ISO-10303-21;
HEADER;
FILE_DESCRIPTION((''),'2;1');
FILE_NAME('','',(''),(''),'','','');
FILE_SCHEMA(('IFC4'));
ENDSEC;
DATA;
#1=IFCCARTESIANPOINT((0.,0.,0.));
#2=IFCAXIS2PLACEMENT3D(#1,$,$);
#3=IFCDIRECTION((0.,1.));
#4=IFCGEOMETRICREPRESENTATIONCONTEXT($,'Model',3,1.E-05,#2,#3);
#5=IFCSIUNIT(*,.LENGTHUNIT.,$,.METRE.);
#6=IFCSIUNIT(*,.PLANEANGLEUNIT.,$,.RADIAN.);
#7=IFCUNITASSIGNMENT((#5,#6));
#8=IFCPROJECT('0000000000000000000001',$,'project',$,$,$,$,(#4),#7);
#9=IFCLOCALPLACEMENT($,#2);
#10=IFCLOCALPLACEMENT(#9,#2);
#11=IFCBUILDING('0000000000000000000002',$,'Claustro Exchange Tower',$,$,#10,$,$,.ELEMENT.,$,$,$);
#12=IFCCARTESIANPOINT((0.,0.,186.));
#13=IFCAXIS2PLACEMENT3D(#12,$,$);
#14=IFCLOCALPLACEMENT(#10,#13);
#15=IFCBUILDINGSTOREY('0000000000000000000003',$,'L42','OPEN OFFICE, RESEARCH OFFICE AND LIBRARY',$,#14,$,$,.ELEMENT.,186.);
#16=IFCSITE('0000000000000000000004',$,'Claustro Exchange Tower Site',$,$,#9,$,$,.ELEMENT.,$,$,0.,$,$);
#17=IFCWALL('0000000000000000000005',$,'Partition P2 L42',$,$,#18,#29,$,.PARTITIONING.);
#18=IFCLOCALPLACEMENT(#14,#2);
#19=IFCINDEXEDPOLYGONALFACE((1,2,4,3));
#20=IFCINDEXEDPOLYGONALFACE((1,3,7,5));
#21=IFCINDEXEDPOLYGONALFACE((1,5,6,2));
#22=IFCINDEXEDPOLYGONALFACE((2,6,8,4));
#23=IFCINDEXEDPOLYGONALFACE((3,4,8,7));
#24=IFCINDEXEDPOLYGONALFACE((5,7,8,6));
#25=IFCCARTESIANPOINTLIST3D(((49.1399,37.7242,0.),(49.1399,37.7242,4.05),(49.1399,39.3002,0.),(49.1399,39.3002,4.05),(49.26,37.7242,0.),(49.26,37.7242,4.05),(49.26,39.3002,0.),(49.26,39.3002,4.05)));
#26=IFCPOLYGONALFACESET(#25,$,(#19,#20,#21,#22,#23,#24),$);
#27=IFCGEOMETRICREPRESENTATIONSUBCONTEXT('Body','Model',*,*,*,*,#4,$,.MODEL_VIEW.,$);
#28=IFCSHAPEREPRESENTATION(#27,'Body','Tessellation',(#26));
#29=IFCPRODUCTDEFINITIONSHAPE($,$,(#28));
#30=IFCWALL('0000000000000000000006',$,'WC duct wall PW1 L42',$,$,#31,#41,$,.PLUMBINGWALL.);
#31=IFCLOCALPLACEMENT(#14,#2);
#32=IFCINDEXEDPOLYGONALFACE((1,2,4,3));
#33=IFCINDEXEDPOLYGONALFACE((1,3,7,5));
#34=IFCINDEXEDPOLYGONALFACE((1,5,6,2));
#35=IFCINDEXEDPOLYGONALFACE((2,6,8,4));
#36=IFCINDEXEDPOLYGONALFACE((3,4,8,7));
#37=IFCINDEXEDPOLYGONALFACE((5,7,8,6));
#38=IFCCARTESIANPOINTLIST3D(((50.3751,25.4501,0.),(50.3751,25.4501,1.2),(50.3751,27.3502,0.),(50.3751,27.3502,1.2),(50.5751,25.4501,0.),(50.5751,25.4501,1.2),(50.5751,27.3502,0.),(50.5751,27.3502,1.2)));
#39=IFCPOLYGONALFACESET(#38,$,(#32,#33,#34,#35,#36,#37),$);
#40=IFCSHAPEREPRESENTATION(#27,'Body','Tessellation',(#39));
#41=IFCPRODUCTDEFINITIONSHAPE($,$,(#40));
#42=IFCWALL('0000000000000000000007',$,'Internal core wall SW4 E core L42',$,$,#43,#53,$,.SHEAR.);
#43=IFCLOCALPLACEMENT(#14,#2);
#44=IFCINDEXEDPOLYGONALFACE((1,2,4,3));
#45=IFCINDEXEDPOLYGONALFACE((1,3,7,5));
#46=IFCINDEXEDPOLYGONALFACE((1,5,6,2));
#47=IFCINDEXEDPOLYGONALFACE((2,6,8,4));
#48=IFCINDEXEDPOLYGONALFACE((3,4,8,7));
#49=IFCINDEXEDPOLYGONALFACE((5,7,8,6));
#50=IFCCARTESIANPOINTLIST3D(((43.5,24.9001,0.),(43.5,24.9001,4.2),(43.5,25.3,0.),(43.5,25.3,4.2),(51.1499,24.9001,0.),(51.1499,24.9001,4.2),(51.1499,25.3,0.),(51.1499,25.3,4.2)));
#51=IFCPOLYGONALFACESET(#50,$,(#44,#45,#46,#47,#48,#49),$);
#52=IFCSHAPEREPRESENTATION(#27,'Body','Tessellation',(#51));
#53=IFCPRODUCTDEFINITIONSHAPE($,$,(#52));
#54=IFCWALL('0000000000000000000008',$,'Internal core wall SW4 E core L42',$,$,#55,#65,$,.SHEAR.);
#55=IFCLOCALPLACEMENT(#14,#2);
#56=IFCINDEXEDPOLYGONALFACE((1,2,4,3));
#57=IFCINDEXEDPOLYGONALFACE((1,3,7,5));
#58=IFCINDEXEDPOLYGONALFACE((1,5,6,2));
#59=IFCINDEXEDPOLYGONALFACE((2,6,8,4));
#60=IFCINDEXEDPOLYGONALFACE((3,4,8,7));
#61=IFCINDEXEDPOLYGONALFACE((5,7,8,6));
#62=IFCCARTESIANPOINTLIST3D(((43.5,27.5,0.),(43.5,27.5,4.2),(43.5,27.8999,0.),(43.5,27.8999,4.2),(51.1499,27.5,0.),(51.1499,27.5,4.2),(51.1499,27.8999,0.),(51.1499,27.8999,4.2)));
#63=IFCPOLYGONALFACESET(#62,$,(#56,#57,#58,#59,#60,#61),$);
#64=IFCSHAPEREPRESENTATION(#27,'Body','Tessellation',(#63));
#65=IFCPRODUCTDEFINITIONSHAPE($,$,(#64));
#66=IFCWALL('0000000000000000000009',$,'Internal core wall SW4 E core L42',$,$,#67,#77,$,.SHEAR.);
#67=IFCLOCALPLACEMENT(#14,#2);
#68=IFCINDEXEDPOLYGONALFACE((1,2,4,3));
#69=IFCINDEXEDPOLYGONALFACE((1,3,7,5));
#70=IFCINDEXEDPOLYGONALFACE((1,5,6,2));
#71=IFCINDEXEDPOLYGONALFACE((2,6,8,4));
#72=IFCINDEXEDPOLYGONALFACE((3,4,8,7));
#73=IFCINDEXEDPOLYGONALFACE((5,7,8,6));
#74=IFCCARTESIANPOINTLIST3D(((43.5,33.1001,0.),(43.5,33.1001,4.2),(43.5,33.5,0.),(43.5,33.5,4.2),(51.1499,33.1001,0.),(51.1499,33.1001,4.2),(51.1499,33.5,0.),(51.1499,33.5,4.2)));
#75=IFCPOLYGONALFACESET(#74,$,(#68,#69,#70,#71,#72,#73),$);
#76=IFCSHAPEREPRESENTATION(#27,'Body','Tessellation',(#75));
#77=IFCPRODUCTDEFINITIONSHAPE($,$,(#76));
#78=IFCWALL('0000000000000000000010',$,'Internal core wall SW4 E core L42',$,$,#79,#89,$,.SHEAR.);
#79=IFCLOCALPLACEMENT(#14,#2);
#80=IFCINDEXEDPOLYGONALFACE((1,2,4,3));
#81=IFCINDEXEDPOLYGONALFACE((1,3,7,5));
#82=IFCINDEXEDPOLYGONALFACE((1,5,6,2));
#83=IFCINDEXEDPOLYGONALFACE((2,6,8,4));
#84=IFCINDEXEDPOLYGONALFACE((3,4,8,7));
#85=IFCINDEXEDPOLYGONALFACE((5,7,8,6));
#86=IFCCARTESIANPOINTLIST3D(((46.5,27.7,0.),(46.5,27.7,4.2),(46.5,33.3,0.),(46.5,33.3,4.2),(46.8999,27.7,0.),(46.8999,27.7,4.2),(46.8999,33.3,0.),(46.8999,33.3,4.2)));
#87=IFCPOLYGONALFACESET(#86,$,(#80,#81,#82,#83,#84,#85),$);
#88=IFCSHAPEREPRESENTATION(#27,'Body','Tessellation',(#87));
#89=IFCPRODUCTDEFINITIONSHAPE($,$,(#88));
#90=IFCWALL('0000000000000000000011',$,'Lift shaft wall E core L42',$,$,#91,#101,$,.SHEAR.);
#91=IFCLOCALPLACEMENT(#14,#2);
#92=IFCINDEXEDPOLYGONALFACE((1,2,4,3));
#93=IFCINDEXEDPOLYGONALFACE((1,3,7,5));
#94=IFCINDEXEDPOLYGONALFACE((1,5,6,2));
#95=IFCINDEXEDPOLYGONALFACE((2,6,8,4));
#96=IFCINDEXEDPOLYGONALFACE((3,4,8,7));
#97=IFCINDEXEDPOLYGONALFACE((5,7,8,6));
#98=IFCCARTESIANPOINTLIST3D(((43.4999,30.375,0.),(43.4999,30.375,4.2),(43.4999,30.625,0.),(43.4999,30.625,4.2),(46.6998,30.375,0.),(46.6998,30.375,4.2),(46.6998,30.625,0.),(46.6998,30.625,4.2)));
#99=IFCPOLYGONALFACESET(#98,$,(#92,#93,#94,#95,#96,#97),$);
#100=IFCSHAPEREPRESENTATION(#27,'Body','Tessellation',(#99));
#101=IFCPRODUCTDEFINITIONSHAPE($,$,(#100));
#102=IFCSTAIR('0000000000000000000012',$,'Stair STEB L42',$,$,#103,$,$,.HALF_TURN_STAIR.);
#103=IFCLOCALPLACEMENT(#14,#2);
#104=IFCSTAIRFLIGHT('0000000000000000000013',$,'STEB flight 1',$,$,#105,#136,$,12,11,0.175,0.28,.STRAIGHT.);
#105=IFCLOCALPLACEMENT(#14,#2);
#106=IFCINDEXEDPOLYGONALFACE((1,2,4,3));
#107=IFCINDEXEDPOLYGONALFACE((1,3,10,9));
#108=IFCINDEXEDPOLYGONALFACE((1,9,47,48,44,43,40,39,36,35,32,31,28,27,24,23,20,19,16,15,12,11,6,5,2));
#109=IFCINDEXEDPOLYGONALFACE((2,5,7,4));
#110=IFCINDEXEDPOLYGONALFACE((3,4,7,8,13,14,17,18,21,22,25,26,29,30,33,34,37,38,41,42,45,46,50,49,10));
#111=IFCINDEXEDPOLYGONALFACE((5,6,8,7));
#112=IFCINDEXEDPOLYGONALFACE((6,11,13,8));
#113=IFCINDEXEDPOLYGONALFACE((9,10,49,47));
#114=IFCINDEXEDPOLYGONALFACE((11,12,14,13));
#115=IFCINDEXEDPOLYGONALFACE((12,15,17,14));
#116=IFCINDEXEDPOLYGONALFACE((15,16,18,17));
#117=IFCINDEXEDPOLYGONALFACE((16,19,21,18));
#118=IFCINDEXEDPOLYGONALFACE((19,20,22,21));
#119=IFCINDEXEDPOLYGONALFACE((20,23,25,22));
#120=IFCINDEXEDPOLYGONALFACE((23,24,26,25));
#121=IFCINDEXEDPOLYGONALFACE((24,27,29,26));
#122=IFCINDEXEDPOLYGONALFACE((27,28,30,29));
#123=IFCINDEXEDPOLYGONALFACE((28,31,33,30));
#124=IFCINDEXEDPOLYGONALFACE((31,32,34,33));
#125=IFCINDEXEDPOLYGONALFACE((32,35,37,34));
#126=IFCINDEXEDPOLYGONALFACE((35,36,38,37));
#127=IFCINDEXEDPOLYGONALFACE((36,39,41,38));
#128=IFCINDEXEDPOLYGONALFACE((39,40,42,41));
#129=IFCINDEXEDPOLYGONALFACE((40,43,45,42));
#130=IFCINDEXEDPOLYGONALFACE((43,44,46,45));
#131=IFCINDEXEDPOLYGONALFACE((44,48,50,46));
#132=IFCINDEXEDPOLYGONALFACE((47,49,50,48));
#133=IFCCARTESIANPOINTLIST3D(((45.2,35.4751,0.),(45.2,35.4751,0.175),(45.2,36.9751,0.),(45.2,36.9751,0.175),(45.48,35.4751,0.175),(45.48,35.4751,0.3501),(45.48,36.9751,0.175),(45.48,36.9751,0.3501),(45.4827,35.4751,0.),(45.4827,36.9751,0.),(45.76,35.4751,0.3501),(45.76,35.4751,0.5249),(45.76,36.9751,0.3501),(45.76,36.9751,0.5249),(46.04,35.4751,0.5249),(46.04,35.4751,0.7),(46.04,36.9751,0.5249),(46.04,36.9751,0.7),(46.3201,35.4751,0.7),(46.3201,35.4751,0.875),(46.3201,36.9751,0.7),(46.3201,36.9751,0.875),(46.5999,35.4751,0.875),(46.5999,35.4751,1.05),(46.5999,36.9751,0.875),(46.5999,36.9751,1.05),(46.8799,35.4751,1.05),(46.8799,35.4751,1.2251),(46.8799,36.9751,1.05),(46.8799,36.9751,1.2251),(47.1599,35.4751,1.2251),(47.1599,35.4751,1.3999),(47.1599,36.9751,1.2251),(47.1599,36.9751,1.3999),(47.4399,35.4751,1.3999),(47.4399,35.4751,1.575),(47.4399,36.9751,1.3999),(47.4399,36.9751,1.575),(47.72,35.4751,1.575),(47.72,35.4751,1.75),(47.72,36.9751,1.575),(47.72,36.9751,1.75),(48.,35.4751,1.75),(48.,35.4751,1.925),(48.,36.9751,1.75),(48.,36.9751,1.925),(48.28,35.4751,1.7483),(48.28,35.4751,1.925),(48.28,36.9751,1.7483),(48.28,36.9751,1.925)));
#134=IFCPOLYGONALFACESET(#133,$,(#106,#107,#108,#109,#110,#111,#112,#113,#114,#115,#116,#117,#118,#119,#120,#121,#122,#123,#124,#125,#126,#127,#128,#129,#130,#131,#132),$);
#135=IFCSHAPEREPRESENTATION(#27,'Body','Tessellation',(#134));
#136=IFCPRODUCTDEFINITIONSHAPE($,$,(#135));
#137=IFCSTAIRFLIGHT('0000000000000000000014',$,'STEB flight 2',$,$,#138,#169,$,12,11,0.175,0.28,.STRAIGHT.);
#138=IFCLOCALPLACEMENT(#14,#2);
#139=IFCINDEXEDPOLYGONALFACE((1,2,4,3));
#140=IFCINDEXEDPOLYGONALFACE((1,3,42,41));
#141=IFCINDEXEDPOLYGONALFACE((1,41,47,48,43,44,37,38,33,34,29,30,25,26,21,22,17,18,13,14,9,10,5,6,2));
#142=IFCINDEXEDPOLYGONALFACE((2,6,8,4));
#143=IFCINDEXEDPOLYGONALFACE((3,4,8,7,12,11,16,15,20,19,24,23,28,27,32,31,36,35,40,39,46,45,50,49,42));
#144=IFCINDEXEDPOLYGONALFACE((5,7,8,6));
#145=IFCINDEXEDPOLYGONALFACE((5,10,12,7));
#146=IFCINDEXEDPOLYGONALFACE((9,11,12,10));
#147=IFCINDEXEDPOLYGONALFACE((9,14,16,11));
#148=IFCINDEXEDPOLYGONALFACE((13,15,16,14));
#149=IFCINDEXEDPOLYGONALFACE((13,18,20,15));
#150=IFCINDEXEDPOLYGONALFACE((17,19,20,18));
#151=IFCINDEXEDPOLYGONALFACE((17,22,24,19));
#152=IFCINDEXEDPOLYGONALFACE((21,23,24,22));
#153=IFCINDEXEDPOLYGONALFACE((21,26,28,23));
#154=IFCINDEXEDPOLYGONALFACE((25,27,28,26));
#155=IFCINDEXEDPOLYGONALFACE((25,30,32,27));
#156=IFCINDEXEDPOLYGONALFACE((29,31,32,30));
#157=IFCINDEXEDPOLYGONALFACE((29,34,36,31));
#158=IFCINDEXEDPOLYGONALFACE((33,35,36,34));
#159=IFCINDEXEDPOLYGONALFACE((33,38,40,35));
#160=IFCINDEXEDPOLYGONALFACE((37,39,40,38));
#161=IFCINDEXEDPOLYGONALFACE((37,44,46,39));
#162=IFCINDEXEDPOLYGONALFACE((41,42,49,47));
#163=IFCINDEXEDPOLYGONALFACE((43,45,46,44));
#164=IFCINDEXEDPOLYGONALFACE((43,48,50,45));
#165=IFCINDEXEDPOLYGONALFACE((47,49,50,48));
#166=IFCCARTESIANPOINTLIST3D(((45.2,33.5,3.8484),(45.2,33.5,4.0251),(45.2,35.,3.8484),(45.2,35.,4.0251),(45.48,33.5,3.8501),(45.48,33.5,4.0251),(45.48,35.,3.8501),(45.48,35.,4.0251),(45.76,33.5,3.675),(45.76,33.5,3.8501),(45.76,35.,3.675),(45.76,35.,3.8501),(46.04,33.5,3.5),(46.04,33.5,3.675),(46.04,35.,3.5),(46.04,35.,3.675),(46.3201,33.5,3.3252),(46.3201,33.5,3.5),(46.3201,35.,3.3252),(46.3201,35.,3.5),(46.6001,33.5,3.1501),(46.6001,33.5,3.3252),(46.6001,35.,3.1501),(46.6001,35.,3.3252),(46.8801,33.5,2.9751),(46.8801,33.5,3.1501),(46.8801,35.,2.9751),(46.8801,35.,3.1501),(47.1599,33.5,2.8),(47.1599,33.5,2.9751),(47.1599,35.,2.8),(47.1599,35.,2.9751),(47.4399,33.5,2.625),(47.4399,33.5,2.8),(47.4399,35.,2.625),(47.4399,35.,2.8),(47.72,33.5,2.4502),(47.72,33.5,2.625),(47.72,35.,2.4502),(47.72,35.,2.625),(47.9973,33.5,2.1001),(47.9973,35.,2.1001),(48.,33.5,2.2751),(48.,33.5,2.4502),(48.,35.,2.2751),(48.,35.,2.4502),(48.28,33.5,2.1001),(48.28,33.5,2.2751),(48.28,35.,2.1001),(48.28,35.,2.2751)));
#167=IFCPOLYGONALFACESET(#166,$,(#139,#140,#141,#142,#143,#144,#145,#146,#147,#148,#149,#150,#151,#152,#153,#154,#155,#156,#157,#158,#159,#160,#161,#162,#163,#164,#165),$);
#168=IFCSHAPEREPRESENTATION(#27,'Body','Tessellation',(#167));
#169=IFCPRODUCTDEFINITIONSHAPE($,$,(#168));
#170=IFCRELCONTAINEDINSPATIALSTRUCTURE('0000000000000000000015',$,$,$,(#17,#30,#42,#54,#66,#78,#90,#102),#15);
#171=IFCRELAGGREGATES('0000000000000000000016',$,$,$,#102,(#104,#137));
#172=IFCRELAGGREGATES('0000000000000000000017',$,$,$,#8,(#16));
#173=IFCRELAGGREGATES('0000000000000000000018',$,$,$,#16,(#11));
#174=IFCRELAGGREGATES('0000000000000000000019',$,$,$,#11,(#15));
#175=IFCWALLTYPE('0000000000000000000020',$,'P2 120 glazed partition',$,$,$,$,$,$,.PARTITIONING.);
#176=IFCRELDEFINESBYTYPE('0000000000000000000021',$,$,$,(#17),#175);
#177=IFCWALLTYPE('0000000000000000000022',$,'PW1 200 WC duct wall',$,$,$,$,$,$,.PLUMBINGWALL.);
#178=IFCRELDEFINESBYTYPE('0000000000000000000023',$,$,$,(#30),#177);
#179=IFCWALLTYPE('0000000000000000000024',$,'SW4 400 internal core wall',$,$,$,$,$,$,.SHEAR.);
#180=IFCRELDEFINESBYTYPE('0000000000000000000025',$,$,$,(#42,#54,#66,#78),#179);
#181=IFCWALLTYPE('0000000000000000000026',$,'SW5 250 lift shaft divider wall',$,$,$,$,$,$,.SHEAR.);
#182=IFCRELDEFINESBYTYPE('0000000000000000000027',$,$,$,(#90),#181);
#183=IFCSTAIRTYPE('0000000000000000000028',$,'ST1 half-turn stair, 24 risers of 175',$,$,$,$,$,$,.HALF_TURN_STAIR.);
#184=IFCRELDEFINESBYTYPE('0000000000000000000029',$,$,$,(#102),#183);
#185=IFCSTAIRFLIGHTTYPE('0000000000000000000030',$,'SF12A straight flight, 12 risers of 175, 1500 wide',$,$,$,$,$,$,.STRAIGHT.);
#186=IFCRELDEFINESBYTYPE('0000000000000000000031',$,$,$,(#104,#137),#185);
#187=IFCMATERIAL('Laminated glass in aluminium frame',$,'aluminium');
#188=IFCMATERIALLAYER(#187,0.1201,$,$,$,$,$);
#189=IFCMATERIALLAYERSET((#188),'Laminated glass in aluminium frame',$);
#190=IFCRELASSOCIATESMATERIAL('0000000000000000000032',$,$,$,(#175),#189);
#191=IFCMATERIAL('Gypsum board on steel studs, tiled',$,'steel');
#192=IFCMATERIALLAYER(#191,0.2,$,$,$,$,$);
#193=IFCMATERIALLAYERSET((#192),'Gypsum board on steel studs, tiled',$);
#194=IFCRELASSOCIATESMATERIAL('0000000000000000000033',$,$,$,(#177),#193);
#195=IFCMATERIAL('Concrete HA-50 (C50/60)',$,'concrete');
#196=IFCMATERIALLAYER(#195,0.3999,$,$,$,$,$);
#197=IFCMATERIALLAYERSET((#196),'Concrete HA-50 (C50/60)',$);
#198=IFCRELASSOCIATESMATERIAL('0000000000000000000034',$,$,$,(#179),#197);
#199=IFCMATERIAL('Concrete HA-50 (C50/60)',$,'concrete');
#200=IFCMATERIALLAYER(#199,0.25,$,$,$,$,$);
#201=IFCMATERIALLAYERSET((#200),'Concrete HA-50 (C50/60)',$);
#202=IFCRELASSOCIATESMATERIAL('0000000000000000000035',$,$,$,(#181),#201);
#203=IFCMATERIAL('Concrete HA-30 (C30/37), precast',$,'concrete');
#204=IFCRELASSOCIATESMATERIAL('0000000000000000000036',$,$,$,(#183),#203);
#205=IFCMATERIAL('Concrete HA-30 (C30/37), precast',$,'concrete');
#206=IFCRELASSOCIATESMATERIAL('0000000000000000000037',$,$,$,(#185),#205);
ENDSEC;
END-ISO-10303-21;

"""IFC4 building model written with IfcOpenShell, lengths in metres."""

from ifc_helpers import new_model, si_unit, direction, frame, frame_2d, origin, place, context, subcontext, project, spatial, polyline, rectangle, outline, extrude, material, layer, layer_set, type_object, element, aggregate, save


model = new_model("IFC4")

# Units and contexts
model_context = context("Model", 3, precision=1e-05, world=origin(), true_north=direction((0.0, 1.0)))
body_context = subcontext(model_context, "Body", "Model", "MODEL_VIEW")
ifc_project = project(units=[si_unit("LENGTHUNIT", "METRE"), si_unit("PLANEANGLEUNIT", "RADIAN")], contexts=[model_context])

# Site, building, storey
site_placement = place(None, origin())
site = spatial("IfcSite", under=ifc_project, at=site_placement, Name="Claustro Exchange Tower Site", CompositionType="ELEMENT", RefElevation=0.0)
building_placement = place(site_placement, origin())
building = spatial("IfcBuilding", under=site, at=building_placement, Name="Claustro Exchange Tower", CompositionType="ELEMENT")
storey_placement = place(building_placement, frame((0.0, 0.0, 186.0)))
storey = spatial("IfcBuildingStorey", under=building, at=storey_placement, Name="L42", Description="OPEN OFFICE, RESEARCH OFFICE AND LIBRARY", CompositionType="ELEMENT", Elevation=186.0)

# Shared definitions
ifc_material_1 = material(Name="Laminated glass in aluminium frame", Category="aluminium")
ifc_layer_1 = layer(ifc_material_1, 0.1201)
ifc_layer_set_1 = layer_set([ifc_layer_1], Name="Laminated glass in aluminium frame")
wall_type_1 = type_object("IfcWallType", Name="P2 120 glazed partition", PredefinedType="PARTITIONING", material=ifc_layer_set_1)

# Walls
wall_1_placement = place(storey_placement, frame((49.2, 37.7241, 0.0), z_axis=(0.0, 0.0, 1.0), x_axis=(0.0, 1.0, 0.0)))
element("IfcWall", 1, at=wall_1_placement, inside=storey, type_object=wall_type_1, Name="Partition P2 L42", PredefinedType="PARTITIONING", context=body_context, shape_type="SweptSolid", body=[
    extrude(rectangle(XDim=1.5759, YDim=0.1201, at=frame_2d((0.7881, 0.0))), origin(), (0.0, 0.0, 1.0), 4.05),
])
ifc_material_2 = material(Name="Gypsum board on steel studs, tiled", Category="steel")
ifc_layer_2 = layer(ifc_material_2, 0.2)
ifc_layer_set_2 = layer_set([ifc_layer_2], Name="Gypsum board on steel studs, tiled")
wall_type_2 = type_object("IfcWallType", Name="PW1 200 WC duct wall", PredefinedType="PLUMBINGWALL", material=ifc_layer_set_2)
wall_2_placement = place(storey_placement, frame((50.4751, 25.45, 0.0), z_axis=(0.0, 0.0, 1.0), x_axis=(0.0, 1.0, 0.0)))
element("IfcWall", 2, at=wall_2_placement, inside=storey, type_object=wall_type_2, Name="WC duct wall PW1 L42", PredefinedType="PLUMBINGWALL", context=body_context, shape_type="SweptSolid", body=[
    extrude(rectangle(XDim=1.9001, YDim=0.2, at=frame_2d((0.9502, 0.0))), origin(), (0.0, 0.0, 1.0), 1.2),
])
ifc_material_3 = material(Name="Concrete HA-50 (C50/60)", Category="concrete")
ifc_layer_3 = layer(ifc_material_3, 0.3999)
ifc_layer_set_3 = layer_set([ifc_layer_3], Name="Concrete HA-50 (C50/60)")
wall_type_3 = type_object("IfcWallType", Name="SW4 400 internal core wall", PredefinedType="SHEAR", material=ifc_layer_set_3)
for number, where, z_axis, x_axis, name in (
    (3, (51.1499, 25.1001, 0.0), (0.0, 0.0, 1.0), (-1.0, 0.0, 0.0), "Internal core wall SW4 E core L42"),
    (4, (51.1499, 27.7, 0.0), (0.0, 0.0, 1.0), (-1.0, 0.0, 0.0), "Internal core wall SW4 E core L42"),
    (5, (51.1499, 33.3, 0.0), (0.0, 0.0, 1.0), (-1.0, 0.0, 0.0), "Internal core wall SW4 E core L42"),
):
    element("IfcWall", number, at=place(storey_placement, frame(where, z_axis=z_axis, x_axis=x_axis)), inside=storey, type_object=wall_type_3, Name=name, PredefinedType="SHEAR", context=body_context, shape_type="SweptSolid", body=[
        extrude(rectangle(XDim=7.6499, YDim=0.3999, at=frame_2d((3.825, 0.0))), origin(), (0.0, 0.0, 1.0), 4.2),
    ])
wall_3_placement = place(storey_placement, frame((46.7, 27.7, 0.0), z_axis=(0.0, 0.0, 1.0), x_axis=(0.0, 1.0, 0.0)))
element("IfcWall", 6, at=wall_3_placement, inside=storey, type_object=wall_type_3, Name="Internal core wall SW4 E core L42", PredefinedType="SHEAR", context=body_context, shape_type="SweptSolid", body=[
    extrude(rectangle(XDim=5.6001, YDim=0.3999, at=frame_2d((2.8, 0.0))), origin(), (0.0, 0.0, 1.0), 4.2),
])
ifc_material_4 = material(Name="Concrete HA-50 (C50/60)", Category="concrete")
ifc_layer_4 = layer(ifc_material_4, 0.25)
ifc_layer_set_4 = layer_set([ifc_layer_4], Name="Concrete HA-50 (C50/60)")
wall_type_4 = type_object("IfcWallType", Name="SW5 250 lift shaft divider wall", PredefinedType="SHEAR", material=ifc_layer_set_4)
wall_4_placement = place(storey_placement, frame((46.7, 30.5, 0.0), z_axis=(0.0, 0.0, 1.0), x_axis=(-1.0, 0.0, 0.0)))
element("IfcWall", 7, at=wall_4_placement, inside=storey, type_object=wall_type_4, Name="Lift shaft wall E core L42", PredefinedType="SHEAR", context=body_context, shape_type="SweptSolid", body=[
    extrude(rectangle(XDim=3.2, YDim=0.25, at=frame_2d((1.6001, 0.0))), origin(), (0.0, 0.0, 1.0), 4.2),
])

# Stair, stair flights
ifc_material_5 = material(Name="Concrete HA-30 (C30/37), precast", Category="concrete")
stair_type = type_object("IfcStairType", Name="ST1 half-turn stair, 24 risers of 175", PredefinedType="HALF_TURN_STAIR", material=ifc_material_5)
stair_placement = place(storey_placement, origin())
stair = element("IfcStair", 8, at=stair_placement, inside=storey, type_object=stair_type, Name="Stair STEB L42", PredefinedType="HALF_TURN_STAIR")
ifc_material_6 = material(Name="Concrete HA-30 (C30/37), precast", Category="concrete")
stair_flight_type = type_object("IfcStairFlightType", Name="SF12A straight flight, 12 risers of 175, 1500 wide", PredefinedType="STRAIGHT", material=ifc_material_6)
stair_flight_1_placement = place(storey_placement, frame((45.2, 36.2251, 0.0), z_axis=(0.0, 0.0, 1.0), x_axis=(1.0, 0.0, 0.0)))
stair_flight_1 = element("IfcStairFlight", 9, at=stair_flight_1_placement, type_object=stair_flight_type, Name="STEB flight 1", NumberOfRisers=12, NumberOfTreads=11, PredefinedType="STRAIGHT", RiserHeight=0.175, TreadLength=0.28, context=body_context, shape_type="SweptSolid", body=[
    extrude(outline(polyline([(0.0, 0.0), (0.0, 0.175), (0.28, 0.175), (0.28, 0.3501), (0.5601, 0.3501), (0.5601, 0.5249), (0.8401, 0.5249), (0.8401, 0.7), (1.1201, 0.7), (1.1201, 0.875), (1.3999, 0.875), (1.3999, 1.05), (1.6799, 1.05), (1.6799, 1.2251), (1.96, 1.2251), (1.96, 1.3999), (2.24, 1.3999), (2.24, 1.575), (2.52, 1.575), (2.52, 1.75), (2.8, 1.75), (2.8, 1.925), (3.0801, 1.925), (3.0801, 2.1001), (3.0801, 1.7483), (0.2827, 0.0), (0.0, 0.0)])), frame((0.0, 0.75, 0.0), z_axis=(0.0, -1.0, 0.0), x_axis=(1.0, 0.0, 0.0)), (0.0, 0.0, 1.0), 1.5),
])
stair_flight_2_placement = place(storey_placement, frame((48.28, 34.25, 2.1001), z_axis=(0.0, 0.0, 1.0), x_axis=(-1.0, 0.0, 0.0)))
stair_flight_2 = element("IfcStairFlight", 10, at=stair_flight_2_placement, type_object=stair_flight_type, Name="STEB flight 2", NumberOfRisers=12, NumberOfTreads=11, PredefinedType="STRAIGHT", RiserHeight=0.175, TreadLength=0.28, context=body_context, shape_type="SweptSolid", body=[
    extrude(outline(polyline([(0.0, 0.0), (0.0, 0.175), (0.28, 0.175), (0.28, 0.3501), (0.5601, 0.3501), (0.5601, 0.5249), (0.8401, 0.5249), (0.8401, 0.7), (1.1201, 0.7), (1.1201, 0.875), (1.3999, 0.875), (1.3999, 1.05), (1.6799, 1.05), (1.6799, 1.2251), (1.96, 1.2251), (1.96, 1.3999), (2.24, 1.3999), (2.24, 1.575), (2.52, 1.575), (2.52, 1.75), (2.8, 1.75), (2.8, 1.925), (3.0801, 1.925), (3.0801, 2.1001), (3.0801, 1.7483), (0.2827, 0.0), (0.0, 0.0)])), frame((0.0, 0.75, 0.0), z_axis=(0.0, -1.0, 0.0), x_axis=(1.0, 0.0, 0.0)), (0.0, 0.0, 1.0), 1.5),
])
aggregate(stair, [stair_flight_1, stair_flight_2])

save(model, "model.ifc")
